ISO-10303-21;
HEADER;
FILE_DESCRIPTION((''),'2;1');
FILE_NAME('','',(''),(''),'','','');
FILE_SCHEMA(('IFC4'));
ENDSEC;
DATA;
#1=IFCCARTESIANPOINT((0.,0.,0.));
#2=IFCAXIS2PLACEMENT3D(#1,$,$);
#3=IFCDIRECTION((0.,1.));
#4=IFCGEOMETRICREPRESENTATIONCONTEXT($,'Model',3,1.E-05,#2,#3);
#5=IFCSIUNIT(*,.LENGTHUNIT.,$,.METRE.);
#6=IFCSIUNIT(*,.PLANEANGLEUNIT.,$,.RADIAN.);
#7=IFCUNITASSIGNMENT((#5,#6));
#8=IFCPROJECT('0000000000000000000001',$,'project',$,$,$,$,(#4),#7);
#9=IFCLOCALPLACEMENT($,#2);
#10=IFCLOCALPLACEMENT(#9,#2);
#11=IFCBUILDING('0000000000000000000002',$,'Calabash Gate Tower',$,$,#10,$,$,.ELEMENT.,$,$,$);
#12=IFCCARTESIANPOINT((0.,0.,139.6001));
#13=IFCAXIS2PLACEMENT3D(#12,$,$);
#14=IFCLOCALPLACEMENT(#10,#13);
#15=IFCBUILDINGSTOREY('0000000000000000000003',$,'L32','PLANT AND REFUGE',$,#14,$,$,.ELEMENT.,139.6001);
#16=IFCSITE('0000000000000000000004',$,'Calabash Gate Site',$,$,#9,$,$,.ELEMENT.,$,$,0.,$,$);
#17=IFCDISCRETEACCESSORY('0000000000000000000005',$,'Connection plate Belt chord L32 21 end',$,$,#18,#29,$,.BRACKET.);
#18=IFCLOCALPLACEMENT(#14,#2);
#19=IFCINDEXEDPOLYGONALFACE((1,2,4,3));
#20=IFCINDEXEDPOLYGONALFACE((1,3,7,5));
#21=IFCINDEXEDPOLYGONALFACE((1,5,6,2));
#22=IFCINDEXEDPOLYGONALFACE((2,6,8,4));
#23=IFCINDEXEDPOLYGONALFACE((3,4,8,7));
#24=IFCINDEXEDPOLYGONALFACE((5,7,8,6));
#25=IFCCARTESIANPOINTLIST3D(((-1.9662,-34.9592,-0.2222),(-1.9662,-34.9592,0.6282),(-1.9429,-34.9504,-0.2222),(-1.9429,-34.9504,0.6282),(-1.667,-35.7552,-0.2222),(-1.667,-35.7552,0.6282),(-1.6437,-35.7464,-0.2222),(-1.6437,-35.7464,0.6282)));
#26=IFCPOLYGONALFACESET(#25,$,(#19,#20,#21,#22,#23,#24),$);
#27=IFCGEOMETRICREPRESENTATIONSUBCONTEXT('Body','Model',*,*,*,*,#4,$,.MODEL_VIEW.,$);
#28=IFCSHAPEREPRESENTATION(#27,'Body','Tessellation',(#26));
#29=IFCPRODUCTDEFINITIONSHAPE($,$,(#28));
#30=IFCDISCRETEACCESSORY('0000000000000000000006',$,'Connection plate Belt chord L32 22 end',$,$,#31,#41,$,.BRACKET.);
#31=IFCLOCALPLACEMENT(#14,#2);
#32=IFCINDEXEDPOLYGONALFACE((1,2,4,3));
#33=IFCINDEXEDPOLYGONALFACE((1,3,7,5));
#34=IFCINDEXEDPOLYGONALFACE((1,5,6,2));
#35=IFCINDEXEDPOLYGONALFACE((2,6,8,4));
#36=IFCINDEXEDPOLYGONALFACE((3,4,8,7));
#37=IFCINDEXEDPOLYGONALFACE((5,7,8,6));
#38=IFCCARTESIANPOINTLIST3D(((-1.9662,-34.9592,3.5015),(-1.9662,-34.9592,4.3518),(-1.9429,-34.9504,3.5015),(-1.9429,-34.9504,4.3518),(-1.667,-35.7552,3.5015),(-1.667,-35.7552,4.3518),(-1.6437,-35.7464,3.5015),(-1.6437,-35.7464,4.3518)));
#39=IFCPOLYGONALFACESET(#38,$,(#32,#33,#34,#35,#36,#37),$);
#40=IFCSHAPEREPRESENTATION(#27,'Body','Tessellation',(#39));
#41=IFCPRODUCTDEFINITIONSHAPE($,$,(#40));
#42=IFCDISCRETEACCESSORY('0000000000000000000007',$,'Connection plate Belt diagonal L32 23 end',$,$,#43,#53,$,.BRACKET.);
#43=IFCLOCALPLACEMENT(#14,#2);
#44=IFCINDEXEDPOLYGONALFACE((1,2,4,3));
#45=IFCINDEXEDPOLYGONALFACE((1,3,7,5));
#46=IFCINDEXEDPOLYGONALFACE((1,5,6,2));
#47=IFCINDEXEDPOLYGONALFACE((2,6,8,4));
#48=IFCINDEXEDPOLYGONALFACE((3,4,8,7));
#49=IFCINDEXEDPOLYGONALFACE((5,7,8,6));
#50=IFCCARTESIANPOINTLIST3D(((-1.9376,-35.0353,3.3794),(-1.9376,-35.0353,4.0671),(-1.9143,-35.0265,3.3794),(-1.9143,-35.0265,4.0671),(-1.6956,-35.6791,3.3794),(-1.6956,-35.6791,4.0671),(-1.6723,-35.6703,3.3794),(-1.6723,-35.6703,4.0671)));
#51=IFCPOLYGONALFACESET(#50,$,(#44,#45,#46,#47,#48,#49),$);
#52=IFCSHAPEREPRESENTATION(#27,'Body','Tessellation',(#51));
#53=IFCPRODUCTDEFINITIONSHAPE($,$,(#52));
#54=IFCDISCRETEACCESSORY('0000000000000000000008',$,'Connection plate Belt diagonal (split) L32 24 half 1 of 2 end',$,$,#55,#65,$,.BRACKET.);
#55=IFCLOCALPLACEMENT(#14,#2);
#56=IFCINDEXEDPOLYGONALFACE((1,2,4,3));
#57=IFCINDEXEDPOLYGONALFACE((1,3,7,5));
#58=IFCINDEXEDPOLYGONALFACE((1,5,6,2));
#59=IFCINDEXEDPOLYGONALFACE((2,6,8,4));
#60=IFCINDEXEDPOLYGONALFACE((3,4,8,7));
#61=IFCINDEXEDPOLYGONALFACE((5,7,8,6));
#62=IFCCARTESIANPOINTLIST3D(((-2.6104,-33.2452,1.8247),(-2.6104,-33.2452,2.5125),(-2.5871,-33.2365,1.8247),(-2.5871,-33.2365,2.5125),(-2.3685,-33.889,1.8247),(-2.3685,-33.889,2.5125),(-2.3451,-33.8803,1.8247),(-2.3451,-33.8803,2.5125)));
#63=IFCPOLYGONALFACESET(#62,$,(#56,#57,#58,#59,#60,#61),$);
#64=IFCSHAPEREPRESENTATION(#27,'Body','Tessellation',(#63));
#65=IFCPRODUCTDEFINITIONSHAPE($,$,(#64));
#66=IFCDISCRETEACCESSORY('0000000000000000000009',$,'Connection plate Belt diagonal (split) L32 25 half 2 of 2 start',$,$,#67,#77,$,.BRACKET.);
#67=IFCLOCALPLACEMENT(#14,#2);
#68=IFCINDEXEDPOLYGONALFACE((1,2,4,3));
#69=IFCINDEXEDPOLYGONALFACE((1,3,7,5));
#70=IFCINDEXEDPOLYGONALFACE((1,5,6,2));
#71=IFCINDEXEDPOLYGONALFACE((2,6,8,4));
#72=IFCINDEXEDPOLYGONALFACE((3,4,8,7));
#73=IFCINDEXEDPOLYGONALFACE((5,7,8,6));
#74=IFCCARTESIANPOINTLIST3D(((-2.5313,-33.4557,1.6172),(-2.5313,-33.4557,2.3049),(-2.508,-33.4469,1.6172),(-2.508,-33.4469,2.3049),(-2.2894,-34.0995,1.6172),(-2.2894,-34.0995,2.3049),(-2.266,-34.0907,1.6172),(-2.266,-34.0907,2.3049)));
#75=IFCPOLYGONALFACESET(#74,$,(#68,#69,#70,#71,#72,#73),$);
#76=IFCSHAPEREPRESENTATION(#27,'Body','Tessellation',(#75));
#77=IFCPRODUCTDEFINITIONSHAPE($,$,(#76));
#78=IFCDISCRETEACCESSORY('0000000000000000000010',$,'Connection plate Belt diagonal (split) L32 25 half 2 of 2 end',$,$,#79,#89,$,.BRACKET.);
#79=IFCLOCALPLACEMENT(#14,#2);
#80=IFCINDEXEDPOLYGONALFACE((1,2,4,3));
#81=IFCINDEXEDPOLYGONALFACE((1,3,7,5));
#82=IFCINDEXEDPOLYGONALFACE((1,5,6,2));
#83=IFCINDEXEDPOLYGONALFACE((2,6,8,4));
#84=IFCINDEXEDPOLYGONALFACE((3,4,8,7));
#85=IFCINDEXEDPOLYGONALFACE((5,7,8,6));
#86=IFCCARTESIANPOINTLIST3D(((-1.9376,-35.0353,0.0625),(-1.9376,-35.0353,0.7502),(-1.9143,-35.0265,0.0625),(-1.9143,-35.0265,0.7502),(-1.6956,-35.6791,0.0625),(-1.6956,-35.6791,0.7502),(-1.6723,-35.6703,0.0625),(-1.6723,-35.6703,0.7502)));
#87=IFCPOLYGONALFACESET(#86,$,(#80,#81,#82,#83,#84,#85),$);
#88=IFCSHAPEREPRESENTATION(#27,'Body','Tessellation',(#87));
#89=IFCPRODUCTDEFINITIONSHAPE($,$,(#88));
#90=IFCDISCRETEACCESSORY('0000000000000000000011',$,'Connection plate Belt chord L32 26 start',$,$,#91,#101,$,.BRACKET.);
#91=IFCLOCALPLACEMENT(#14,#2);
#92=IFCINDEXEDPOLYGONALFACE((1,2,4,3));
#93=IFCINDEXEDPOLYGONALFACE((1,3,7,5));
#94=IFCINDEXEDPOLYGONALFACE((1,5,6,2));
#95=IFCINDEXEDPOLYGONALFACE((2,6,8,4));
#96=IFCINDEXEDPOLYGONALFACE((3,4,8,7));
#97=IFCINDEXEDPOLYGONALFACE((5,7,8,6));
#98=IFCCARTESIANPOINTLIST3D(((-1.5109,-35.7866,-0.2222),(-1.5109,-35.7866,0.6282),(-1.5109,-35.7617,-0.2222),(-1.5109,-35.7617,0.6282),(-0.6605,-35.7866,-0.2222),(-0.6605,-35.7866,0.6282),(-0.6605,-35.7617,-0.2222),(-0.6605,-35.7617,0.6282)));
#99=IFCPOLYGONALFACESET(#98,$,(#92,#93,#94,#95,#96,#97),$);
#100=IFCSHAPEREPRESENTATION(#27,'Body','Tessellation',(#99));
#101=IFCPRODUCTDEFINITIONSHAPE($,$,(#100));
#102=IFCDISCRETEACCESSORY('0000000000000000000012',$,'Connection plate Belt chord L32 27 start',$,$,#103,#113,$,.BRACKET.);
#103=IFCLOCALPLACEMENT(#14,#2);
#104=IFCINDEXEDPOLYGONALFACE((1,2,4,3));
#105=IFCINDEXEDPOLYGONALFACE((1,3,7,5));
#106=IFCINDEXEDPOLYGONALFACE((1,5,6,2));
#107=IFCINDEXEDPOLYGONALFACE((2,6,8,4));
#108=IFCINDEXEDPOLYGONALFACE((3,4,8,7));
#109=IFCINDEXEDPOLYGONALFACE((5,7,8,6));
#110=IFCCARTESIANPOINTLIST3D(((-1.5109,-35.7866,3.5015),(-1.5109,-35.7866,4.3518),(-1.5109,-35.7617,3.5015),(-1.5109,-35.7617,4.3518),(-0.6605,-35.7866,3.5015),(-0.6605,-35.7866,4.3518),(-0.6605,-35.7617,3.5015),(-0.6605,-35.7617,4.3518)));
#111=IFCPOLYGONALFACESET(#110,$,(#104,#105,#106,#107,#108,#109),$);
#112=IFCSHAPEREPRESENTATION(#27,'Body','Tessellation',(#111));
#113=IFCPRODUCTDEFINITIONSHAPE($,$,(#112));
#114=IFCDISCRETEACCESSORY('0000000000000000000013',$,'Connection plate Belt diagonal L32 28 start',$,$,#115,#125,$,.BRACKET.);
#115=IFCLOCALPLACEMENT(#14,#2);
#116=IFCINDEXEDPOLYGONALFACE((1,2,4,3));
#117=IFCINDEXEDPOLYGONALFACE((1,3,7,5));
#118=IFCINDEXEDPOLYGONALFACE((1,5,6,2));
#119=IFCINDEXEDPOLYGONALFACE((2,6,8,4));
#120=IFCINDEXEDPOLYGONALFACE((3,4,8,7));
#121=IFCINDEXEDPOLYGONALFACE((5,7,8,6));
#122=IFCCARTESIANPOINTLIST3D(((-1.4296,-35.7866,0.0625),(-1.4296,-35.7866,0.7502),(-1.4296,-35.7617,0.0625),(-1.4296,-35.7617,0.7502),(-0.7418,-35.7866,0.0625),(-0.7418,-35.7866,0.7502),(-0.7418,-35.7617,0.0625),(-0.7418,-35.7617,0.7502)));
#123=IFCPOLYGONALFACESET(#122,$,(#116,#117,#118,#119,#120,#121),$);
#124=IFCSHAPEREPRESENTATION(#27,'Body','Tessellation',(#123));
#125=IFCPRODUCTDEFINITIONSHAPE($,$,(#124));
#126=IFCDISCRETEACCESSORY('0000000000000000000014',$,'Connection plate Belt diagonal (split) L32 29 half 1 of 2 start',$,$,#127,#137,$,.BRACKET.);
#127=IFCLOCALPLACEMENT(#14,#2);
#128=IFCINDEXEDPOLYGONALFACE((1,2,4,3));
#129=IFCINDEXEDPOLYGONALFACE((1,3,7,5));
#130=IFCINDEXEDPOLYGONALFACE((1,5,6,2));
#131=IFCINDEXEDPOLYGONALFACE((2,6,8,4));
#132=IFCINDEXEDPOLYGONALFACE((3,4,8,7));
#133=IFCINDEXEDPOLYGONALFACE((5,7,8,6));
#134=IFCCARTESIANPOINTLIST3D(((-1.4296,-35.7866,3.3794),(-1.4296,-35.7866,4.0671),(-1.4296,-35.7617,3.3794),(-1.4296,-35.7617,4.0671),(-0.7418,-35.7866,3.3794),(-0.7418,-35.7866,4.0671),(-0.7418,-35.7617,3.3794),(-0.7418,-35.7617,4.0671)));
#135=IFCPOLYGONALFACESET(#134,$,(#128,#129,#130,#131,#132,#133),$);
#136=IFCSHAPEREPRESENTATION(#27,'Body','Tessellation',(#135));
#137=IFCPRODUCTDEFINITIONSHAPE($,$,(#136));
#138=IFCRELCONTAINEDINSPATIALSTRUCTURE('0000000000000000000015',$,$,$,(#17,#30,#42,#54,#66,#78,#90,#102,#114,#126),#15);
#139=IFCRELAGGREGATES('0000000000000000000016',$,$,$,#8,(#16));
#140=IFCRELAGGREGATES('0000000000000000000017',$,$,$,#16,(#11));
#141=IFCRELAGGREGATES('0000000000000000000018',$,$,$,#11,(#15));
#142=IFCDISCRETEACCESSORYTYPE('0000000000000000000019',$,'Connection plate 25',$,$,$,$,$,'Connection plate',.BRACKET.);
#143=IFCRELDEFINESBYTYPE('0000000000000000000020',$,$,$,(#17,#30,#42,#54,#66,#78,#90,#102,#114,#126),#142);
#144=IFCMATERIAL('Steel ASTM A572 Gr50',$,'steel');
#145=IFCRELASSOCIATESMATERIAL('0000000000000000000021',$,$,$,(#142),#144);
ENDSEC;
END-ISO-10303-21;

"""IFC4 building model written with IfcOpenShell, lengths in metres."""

from ifc_helpers import new_model, si_unit, direction, frame, origin, origin_2d, place, context, subcontext, project, spatial, rectangle, extrude, material, type_object, element, save


model = new_model("IFC4")

# Units and contexts
model_context = context("Model", 3, precision=1e-05, world=origin(), true_north=direction((0.0, 1.0)))
body_context = subcontext(model_context, "Body", "Model", "MODEL_VIEW")
ifc_project = project(units=[si_unit("LENGTHUNIT", "METRE"), si_unit("PLANEANGLEUNIT", "RADIAN")], contexts=[model_context])

# Site, building, storey
site_placement = place(None, origin())
site = spatial("IfcSite", under=ifc_project, at=site_placement, Name="Calabash Gate Site", CompositionType="ELEMENT", RefElevation=0.0)
building_placement = place(site_placement, origin())
building = spatial("IfcBuilding", under=site, at=building_placement, Name="Calabash Gate Tower", CompositionType="ELEMENT")
storey_placement = place(building_placement, frame((0.0, 0.0, 139.6001)))
storey = spatial("IfcBuildingStorey", under=building, at=storey_placement, Name="L32", Description="PLANT AND REFUGE", CompositionType="ELEMENT", Elevation=139.6001)

# Discrete accessories
ifc_material_1 = material(Name="Steel ASTM A572 Gr50", Category="steel")
discrete_accessory_type = type_object("IfcDiscreteAccessoryType", Name="Connection plate 25", ElementType="Connection plate", PredefinedType="BRACKET", material=ifc_material_1)
for number, where, z_axis, x_axis, name in (
    (1, (-1.8049, -35.3528, -0.2222), (0.0, 0.0, 1.0), (0.351822, -0.936067, 0.0), "Connection plate Belt chord L32 21 end"),
    (2, (-1.8049, -35.3528, 3.5015), (0.0, 0.0, 1.0), (0.351822, -0.936067, 0.0), "Connection plate Belt chord L32 22 end"),
):
    element("IfcDiscreteAccessory", number, at=place(storey_placement, frame(where, z_axis=z_axis, x_axis=x_axis)), inside=storey, type_object=discrete_accessory_type, Name=name, PredefinedType="BRACKET", context=body_context, shape_type="SweptSolid", body=[
        extrude(rectangle(XDim=0.8503, YDim=0.0249, at=origin_2d()), origin(), (0.0, 0.0, 1.0), 0.8503),
    ])
for number, where, z_axis, x_axis, name in (
    (3, (-1.8049, -35.3528, 3.3794), (0.0, 0.0, 1.0), (0.351822, -0.936067, 0.0), "Connection plate Belt diagonal L32 23 end"),
    (4, (-2.4778, -33.5627, 1.8247), (0.0, 0.0, 1.0), (0.351823, -0.936067, 0.0), "Connection plate Belt diagonal (split) L32 24 half 1 of 2 end"),
    (5, (-2.3987, -33.7732, 1.6172), (0.0, 0.0, 1.0), (0.351823, -0.936067, 0.0), "Connection plate Belt diagonal (split) L32 25 half 2 of 2 start"),
    (6, (-1.8049, -35.3528, 0.0625), (0.0, 0.0, 1.0), (0.351823, -0.936067, 0.0), "Connection plate Belt diagonal (split) L32 25 half 2 of 2 end"),
):
    element("IfcDiscreteAccessory", number, at=place(storey_placement, frame(where, z_axis=z_axis, x_axis=x_axis)), inside=storey, type_object=discrete_accessory_type, Name=name, PredefinedType="BRACKET", context=body_context, shape_type="SweptSolid", body=[
        extrude(rectangle(XDim=0.6877, YDim=0.0249, at=origin_2d()), origin(), (0.0, 0.0, 1.0), 0.6877),
    ])
for number, where, z_axis, x_axis, name in (
    (7, (-1.0857, -35.7742, -0.2222), (0.0, 0.0, 1.0), (1.0, 0.0, 0.0), "Connection plate Belt chord L32 26 start"),
    (8, (-1.0857, -35.7742, 3.5015), (0.0, 0.0, 1.0), (1.0, 0.0, 0.0), "Connection plate Belt chord L32 27 start"),
):
    element("IfcDiscreteAccessory", number, at=place(storey_placement, frame(where, z_axis=z_axis, x_axis=x_axis)), inside=storey, type_object=discrete_accessory_type, Name=name, PredefinedType="BRACKET", context=body_context, shape_type="SweptSolid", body=[
        extrude(rectangle(XDim=0.8503, YDim=0.0249, at=origin_2d()), origin(), (0.0, 0.0, 1.0), 0.8503),
    ])
for number, where, z_axis, x_axis, name in (
    (9, (-1.0857, -35.7742, 0.0625), (0.0, 0.0, 1.0), (1.0, 0.0, 0.0), "Connection plate Belt diagonal L32 28 start"),
    (10, (-1.0857, -35.7742, 3.3794), (0.0, 0.0, 1.0), (1.0, 0.0, 0.0), "Connection plate Belt diagonal (split) L32 29 half 1 of 2 start"),
):
    element("IfcDiscreteAccessory", number, at=place(storey_placement, frame(where, z_axis=z_axis, x_axis=x_axis)), inside=storey, type_object=discrete_accessory_type, Name=name, PredefinedType="BRACKET", context=body_context, shape_type="SweptSolid", body=[
        extrude(rectangle(XDim=0.6877, YDim=0.0249, at=origin_2d()), origin(), (0.0, 0.0, 1.0), 0.6877),
    ])

save(model, "model.ifc")
